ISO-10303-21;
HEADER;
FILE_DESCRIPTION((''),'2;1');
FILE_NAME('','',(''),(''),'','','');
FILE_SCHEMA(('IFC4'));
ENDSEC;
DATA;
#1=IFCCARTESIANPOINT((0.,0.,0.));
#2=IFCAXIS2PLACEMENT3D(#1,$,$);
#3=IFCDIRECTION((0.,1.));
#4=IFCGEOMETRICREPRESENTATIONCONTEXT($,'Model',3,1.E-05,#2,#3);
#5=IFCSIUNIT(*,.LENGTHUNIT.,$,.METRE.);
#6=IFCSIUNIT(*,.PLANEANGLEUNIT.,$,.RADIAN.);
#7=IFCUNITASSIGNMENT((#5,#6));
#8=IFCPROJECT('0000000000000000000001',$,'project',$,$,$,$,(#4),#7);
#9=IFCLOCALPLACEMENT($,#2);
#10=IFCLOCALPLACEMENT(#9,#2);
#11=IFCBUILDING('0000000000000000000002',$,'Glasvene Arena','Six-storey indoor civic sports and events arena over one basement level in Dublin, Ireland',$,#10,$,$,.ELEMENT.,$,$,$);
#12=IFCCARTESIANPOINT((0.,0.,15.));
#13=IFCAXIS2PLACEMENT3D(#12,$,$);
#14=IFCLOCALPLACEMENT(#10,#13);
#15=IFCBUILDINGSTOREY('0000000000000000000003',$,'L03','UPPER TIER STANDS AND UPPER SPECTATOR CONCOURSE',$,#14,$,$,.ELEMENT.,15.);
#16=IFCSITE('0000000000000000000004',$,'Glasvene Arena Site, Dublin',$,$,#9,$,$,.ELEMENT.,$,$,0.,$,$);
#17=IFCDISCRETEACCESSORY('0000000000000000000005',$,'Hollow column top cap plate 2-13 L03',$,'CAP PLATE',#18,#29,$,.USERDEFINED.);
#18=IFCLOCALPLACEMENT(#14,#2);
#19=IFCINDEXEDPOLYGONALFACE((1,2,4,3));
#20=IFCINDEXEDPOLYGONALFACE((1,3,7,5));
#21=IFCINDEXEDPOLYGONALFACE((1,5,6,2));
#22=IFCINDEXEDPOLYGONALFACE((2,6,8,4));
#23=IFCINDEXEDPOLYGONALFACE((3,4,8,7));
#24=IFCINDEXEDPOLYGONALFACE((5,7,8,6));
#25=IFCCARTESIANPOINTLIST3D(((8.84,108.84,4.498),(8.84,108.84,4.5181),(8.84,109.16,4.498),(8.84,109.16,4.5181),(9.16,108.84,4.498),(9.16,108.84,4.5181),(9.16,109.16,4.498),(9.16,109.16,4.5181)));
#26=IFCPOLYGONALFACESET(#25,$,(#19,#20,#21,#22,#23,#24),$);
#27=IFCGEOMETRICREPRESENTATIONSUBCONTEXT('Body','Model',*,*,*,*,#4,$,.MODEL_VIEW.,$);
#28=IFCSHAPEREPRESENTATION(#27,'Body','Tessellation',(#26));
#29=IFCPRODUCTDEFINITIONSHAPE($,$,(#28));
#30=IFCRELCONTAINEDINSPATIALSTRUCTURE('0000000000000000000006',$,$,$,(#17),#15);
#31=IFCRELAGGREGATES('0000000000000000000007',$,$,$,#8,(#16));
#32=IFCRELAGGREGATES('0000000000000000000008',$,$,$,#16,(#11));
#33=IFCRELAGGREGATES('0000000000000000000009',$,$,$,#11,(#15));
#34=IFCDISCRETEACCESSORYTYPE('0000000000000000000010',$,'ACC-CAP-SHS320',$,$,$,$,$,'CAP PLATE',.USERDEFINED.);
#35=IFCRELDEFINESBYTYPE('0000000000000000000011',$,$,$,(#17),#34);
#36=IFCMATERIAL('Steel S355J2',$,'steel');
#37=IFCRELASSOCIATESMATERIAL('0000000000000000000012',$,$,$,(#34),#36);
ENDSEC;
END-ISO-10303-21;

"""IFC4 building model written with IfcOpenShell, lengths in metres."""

from ifc_helpers import new_model, si_unit, direction, frame, origin, origin_2d, place, context, subcontext, project, spatial, rectangle, extrude, material, type_object, element, save


model = new_model("IFC4")

# Units and contexts
model_context = context("Model", 3, precision=1e-05, world=origin(), true_north=direction((0.0, 1.0)))
body_context = subcontext(model_context, "Body", "Model", "MODEL_VIEW")
ifc_project = project(units=[si_unit("LENGTHUNIT", "METRE"), si_unit("PLANEANGLEUNIT", "RADIAN")], contexts=[model_context])

# Site, building, storey
site_placement = place(None, origin())
site = spatial("IfcSite", under=ifc_project, at=site_placement, Name="Glasvene Arena Site, Dublin", CompositionType="ELEMENT", RefElevation=0.0)
building_placement = place(site_placement, origin())
building = spatial("IfcBuilding", under=site, at=building_placement, Name="Glasvene Arena", Description="Six-storey indoor civic sports and events arena over one basement level in Dublin, Ireland", CompositionType="ELEMENT")
storey_placement = place(building_placement, frame((0.0, 0.0, 15.0)))
storey = spatial("IfcBuildingStorey", under=building, at=storey_placement, Name="L03", Description="UPPER TIER STANDS AND UPPER SPECTATOR CONCOURSE", CompositionType="ELEMENT", Elevation=15.0)

# Shared definitions
ifc_material_1 = material(Name="Steel S355J2", Category="steel")

# Discrete accessory
discrete_accessory_type_1 = type_object("IfcDiscreteAccessoryType", Name="ACC-CAP-SHS320", ElementType="CAP PLATE", PredefinedType="USERDEFINED", material=ifc_material_1)
discrete_accessory_1_placement = place(storey_placement, frame((9.0, 109.0, 4.498), z_axis=(0.0, 0.0, 1.0), x_axis=(1.0, 0.0, 0.0)))
element("IfcDiscreteAccessory", 1, at=discrete_accessory_1_placement, inside=storey, type_object=discrete_accessory_type_1, Name="Hollow column top cap plate 2-13 L03", ObjectType="CAP PLATE", PredefinedType="USERDEFINED", context=body_context, shape_type="SweptSolid", body=[
    extrude(rectangle(XDim=0.3201, YDim=0.3201, at=origin_2d()), origin(), (0.0, 0.0, 1.0), 0.02),
])

save(model, "model.ifc")
